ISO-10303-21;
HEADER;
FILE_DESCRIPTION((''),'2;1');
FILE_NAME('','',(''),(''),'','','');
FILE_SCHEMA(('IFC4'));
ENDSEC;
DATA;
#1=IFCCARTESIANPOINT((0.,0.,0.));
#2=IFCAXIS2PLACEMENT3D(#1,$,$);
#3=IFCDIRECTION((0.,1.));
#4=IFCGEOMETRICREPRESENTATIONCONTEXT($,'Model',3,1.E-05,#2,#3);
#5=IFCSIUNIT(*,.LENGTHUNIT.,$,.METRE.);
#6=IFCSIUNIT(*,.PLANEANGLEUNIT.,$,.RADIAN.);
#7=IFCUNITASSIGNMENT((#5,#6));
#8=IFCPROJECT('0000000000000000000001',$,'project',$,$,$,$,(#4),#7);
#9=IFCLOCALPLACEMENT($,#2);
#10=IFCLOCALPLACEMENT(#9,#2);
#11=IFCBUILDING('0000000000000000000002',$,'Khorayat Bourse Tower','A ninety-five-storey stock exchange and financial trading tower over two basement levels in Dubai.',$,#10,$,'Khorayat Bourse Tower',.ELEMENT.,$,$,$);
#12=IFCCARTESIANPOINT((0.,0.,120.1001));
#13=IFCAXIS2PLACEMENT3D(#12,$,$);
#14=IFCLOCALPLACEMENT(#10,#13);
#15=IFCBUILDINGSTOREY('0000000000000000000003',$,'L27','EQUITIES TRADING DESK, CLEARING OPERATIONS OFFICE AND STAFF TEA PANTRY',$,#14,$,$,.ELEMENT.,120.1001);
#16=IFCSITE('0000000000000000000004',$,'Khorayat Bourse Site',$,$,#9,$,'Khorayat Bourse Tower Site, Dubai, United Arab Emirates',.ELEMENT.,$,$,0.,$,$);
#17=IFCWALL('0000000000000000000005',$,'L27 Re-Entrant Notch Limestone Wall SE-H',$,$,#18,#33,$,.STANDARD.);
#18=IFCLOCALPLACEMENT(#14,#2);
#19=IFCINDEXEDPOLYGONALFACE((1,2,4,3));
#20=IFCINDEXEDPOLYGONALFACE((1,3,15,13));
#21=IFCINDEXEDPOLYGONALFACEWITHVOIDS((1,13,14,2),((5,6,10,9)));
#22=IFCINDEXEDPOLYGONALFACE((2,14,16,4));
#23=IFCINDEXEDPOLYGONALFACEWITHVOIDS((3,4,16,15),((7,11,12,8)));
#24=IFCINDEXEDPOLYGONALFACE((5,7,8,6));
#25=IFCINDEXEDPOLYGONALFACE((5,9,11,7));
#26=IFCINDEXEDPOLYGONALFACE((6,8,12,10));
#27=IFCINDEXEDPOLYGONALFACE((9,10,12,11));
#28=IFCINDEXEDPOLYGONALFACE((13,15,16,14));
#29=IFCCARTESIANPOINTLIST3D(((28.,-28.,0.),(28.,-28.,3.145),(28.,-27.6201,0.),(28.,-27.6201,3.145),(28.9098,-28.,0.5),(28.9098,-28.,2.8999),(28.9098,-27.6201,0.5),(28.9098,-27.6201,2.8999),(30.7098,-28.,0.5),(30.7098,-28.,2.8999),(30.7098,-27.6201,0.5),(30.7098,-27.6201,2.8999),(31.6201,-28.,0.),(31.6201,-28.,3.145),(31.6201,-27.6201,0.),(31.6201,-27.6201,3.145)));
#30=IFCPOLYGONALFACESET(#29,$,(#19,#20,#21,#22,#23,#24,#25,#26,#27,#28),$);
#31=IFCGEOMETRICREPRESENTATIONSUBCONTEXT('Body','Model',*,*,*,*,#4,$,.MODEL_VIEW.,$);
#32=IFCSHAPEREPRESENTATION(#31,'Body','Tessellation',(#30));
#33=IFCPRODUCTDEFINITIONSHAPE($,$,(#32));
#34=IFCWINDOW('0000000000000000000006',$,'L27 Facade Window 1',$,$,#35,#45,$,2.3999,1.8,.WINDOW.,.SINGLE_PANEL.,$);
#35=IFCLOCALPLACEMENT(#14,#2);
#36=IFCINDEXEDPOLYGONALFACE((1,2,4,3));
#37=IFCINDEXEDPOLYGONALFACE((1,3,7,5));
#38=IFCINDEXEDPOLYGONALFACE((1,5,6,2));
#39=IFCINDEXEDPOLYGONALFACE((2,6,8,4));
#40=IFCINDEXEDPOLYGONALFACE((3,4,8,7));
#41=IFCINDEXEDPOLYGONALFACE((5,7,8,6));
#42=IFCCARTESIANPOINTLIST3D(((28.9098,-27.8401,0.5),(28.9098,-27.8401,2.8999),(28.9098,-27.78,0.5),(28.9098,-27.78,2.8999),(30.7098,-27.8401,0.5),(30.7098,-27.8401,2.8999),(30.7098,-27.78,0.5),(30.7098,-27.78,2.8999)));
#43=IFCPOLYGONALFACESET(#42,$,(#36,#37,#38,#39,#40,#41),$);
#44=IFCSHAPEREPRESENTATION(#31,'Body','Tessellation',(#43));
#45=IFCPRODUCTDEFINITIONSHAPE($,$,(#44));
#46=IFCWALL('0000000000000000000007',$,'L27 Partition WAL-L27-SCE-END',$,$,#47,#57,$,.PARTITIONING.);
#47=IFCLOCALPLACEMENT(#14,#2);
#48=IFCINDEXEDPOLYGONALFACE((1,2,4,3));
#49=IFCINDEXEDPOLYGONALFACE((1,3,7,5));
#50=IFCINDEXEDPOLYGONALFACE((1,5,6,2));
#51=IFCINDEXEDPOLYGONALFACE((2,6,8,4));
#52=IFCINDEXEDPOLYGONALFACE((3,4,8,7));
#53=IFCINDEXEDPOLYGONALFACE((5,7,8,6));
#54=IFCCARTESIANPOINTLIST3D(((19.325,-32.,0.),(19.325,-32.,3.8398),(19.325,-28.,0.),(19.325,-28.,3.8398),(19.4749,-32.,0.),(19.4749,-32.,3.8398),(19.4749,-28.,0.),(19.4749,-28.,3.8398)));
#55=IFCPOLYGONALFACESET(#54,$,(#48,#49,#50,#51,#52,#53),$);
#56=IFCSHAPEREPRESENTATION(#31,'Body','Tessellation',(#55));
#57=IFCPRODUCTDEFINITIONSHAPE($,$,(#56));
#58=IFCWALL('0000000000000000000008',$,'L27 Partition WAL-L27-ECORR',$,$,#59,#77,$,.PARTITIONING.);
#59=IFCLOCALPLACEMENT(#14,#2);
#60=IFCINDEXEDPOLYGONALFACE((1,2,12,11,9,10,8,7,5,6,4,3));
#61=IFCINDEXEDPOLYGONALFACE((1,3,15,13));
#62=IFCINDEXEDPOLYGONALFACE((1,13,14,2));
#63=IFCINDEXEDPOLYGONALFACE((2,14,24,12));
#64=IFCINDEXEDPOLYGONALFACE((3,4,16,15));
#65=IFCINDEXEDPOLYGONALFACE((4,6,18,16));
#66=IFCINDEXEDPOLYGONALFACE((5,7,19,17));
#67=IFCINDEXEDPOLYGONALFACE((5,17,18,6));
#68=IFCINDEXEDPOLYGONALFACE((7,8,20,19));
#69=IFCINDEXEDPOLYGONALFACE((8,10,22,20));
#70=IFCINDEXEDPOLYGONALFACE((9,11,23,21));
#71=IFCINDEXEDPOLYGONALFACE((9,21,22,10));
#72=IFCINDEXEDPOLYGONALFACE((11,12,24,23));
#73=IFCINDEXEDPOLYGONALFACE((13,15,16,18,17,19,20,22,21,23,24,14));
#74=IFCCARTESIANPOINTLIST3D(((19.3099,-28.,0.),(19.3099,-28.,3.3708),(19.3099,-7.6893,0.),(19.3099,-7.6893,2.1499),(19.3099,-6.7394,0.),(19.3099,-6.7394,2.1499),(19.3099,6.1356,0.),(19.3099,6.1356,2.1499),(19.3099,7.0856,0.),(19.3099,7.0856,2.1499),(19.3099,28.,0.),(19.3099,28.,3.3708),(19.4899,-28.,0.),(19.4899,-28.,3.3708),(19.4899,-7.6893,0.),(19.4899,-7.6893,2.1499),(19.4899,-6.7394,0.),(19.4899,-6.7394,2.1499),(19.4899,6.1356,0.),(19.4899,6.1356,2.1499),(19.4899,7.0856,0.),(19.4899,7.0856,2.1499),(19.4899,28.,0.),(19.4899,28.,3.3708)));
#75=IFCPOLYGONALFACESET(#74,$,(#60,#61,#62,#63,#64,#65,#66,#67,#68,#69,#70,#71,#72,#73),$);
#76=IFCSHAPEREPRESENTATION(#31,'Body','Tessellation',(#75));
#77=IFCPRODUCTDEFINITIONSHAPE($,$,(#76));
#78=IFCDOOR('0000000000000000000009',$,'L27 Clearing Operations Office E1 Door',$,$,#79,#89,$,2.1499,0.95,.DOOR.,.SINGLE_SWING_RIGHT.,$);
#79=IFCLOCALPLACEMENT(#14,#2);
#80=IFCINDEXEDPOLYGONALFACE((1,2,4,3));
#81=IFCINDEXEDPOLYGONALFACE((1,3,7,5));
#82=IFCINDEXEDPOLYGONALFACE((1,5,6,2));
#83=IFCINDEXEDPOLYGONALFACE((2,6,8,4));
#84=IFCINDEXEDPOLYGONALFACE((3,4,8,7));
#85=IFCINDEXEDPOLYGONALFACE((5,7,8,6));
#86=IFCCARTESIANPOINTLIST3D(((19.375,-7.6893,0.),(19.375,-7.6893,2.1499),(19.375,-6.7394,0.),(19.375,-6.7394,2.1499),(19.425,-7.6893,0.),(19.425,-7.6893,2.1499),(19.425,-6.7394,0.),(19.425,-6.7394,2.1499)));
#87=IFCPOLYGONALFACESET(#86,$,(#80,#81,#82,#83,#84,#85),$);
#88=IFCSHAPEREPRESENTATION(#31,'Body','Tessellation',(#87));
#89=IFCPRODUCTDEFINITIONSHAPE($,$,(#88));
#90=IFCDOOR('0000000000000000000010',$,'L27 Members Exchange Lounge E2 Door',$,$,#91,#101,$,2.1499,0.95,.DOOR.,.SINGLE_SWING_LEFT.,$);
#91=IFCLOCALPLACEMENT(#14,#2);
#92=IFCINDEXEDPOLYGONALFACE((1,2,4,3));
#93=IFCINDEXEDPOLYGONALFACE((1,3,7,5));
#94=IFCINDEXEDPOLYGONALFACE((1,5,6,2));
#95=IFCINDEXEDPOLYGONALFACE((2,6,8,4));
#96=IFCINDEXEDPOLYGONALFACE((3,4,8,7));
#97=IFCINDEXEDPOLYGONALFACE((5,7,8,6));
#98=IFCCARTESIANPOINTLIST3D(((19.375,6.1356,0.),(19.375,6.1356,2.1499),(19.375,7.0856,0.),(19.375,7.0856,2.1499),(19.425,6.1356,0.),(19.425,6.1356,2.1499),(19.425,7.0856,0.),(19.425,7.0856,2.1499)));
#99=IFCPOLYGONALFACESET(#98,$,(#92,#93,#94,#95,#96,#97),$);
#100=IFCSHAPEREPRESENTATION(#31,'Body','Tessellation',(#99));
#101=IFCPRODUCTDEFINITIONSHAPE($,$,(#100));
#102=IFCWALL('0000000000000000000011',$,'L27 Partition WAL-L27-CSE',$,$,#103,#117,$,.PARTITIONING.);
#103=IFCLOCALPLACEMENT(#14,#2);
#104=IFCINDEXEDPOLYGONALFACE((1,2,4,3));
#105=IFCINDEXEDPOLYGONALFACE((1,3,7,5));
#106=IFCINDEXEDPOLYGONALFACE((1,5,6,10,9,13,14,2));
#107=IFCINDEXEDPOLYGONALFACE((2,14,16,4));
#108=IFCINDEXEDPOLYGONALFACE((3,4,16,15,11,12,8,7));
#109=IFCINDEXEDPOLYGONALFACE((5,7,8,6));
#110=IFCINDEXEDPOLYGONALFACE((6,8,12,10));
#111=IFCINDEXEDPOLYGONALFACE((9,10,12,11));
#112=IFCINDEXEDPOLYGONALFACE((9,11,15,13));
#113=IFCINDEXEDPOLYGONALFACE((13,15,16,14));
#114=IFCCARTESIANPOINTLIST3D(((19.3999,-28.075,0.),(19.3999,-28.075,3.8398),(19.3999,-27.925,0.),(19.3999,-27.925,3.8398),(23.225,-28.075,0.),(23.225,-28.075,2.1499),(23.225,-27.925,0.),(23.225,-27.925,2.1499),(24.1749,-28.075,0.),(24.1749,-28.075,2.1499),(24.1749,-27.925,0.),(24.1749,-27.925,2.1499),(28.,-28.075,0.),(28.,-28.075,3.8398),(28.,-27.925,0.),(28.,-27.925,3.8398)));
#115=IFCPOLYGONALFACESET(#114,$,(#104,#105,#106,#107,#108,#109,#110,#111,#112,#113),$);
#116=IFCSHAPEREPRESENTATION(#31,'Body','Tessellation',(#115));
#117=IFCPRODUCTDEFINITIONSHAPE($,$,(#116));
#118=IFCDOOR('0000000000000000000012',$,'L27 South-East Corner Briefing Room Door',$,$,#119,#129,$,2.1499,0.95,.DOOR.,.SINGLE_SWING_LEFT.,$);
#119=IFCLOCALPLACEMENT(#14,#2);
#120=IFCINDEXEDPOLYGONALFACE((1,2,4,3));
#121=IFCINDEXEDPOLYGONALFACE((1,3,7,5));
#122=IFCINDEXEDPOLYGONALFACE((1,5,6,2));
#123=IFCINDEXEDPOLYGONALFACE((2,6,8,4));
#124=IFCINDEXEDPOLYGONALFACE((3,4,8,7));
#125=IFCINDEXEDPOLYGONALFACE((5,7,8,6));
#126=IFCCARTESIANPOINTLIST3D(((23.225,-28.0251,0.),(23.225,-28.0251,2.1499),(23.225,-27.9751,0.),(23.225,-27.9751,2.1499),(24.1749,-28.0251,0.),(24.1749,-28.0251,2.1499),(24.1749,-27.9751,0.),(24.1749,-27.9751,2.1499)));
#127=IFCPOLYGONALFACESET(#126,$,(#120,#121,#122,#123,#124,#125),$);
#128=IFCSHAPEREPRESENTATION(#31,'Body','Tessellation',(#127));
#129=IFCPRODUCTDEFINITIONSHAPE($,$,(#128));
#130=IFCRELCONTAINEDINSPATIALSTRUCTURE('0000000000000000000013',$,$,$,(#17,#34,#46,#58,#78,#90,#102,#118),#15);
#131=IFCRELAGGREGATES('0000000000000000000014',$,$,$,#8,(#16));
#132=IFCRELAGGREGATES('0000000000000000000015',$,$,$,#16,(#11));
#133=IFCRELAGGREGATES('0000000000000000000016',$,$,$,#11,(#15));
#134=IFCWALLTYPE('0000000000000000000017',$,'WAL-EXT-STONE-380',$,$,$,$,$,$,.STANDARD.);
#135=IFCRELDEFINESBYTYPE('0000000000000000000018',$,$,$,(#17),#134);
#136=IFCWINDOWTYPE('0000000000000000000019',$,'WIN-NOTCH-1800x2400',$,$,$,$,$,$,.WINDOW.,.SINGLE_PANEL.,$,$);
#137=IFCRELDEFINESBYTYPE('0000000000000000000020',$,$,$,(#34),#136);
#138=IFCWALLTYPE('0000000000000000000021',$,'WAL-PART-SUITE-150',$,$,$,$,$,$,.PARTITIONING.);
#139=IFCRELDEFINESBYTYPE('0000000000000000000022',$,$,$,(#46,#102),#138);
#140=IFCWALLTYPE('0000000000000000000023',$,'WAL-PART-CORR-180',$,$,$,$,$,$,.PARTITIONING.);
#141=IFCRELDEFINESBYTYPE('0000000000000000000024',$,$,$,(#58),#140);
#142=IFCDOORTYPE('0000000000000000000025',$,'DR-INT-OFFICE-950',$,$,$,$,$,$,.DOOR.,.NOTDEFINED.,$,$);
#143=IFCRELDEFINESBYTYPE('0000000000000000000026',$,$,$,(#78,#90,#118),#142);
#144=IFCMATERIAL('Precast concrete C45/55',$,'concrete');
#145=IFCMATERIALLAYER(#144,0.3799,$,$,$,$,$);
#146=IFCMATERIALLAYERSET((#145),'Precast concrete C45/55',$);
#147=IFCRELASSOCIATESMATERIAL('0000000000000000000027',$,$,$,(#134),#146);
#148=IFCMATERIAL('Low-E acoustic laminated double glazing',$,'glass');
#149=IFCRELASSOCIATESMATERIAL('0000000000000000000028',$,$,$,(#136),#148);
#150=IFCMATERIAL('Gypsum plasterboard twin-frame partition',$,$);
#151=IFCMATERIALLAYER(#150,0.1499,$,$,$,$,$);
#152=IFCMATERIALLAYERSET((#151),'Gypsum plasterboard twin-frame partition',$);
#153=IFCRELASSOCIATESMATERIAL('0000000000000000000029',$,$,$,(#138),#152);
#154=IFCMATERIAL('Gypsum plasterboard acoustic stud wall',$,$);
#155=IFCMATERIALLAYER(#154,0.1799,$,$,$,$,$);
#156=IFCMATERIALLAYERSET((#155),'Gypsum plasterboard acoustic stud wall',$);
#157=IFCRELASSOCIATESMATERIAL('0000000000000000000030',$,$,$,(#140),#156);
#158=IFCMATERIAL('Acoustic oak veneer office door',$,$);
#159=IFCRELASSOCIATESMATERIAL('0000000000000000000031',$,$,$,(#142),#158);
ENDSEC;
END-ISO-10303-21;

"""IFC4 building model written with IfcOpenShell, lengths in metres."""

from ifc_helpers import new_model, si_unit, direction, frame, frame_2d, origin, place, context, subcontext, project, spatial, rectangle, extrude, source, transform, mapped, material, layer, layer_set, type_object, element, fill, save


model = new_model("IFC4")

# Units and contexts
model_context = context("Model", 3, precision=1e-05, world=origin(), true_north=direction((0.0, 1.0)))
body_context = subcontext(model_context, "Body", "Model", "MODEL_VIEW")
ifc_project = project(units=[si_unit("LENGTHUNIT", "METRE"), si_unit("PLANEANGLEUNIT", "RADIAN")], contexts=[model_context])

# Site, building, storey
site_placement = place(None, origin())
site = spatial("IfcSite", under=ifc_project, at=site_placement, Name="Khorayat Bourse Site", LongName="Khorayat Bourse Tower Site, Dubai, United Arab Emirates", CompositionType="ELEMENT", RefElevation=0.0)
building_placement = place(site_placement, origin())
building = spatial("IfcBuilding", under=site, at=building_placement, Name="Khorayat Bourse Tower", Description="A ninety-five-storey stock exchange and financial trading tower over two basement levels in Dubai.", LongName="Khorayat Bourse Tower", CompositionType="ELEMENT")
storey_placement = place(building_placement, frame((0.0, 0.0, 120.1001)))
storey = spatial("IfcBuildingStorey", under=building, at=storey_placement, Name="L27", Description="EQUITIES TRADING DESK, CLEARING OPERATIONS OFFICE AND STAFF TEA PANTRY", CompositionType="ELEMENT", Elevation=120.1001)

# Wall, opening, window
ifc_material_1 = material(Name="Precast concrete C45/55", Category="concrete")
ifc_layer_1 = layer(ifc_material_1, 0.3799)
ifc_layer_set_1 = layer_set([ifc_layer_1], Name="Precast concrete C45/55")
wall_type_1 = type_object("IfcWallType", Name="WAL-EXT-STONE-380", PredefinedType="STANDARD", material=ifc_layer_set_1)
shared_shape_1 = source(origin(), body_context, "Body", "SweptSolid", [
    extrude(rectangle(XDim=3.6201, YDim=0.3799, at=frame_2d((1.8101, 0.0))), origin(), (0.0, 0.0, 1.0), 3.145),
])
shared_shape_2 = source(origin(), body_context, "Body", "SweptSolid", [
    extrude(rectangle(XDim=1.8, YDim=2.3999, at=frame_2d((0.8999, 1.2))), frame((0.0, 0.2, 0.0), z_axis=(0.0, -1.0, 0.0), x_axis=(1.0, 0.0, 0.0)), (0.0, 0.0, 1.0), 0.3999),
])
ifc_material_2 = material(Name="Low-E acoustic laminated double glazing", Category="glass")
window_type = type_object("IfcWindowType", Name="WIN-NOTCH-1800x2400", PartitioningType="SINGLE_PANEL", PredefinedType="WINDOW", material=ifc_material_2)
shared_shape_3 = source(origin(), body_context, "Body", "SweptSolid", [
    extrude(rectangle(XDim=1.8, YDim=2.3999, at=frame_2d((0.8999, 1.2))), frame((0.0, 0.03, 0.0), z_axis=(0.0, -1.0, 0.0), x_axis=(1.0, 0.0, 0.0)), (0.0, 0.0, 1.0), 0.0601),
])
wall_1_placement = place(storey_placement, frame((28.0, -27.8101, 0.0), z_axis=(0.0, 0.0, 1.0), x_axis=(1.0, 0.0, 0.0)))
wall_1 = element("IfcWall", 1, at=wall_1_placement, inside=storey, type_object=wall_type_1, Name="L27 Re-Entrant Notch Limestone Wall SE-H", PredefinedType="STANDARD", context=body_context, shape_type="MappedRepresentation", body=[
    mapped(shared_shape_1, transform((0.0, 0.0, 0.0), scale=1.0)),
])
opening_1_placement = place(wall_1_placement, frame((0.9099, 0.0, 0.5)))
opening_1 = element("IfcOpeningElement", 2, at=opening_1_placement, cuts=wall_1, PredefinedType="OPENING", context=body_context, shape_type="MappedRepresentation", body=[
    mapped(shared_shape_2, transform((0.0, 0.0, 0.0), scale=1.0)),
])
window_1_placement = place(opening_1_placement, origin())
window_1 = element("IfcWindow", 3, at=window_1_placement, inside=storey, type_object=window_type, Name="L27 Facade Window 1", OverallHeight=2.3999, OverallWidth=1.8, PartitioningType="SINGLE_PANEL", PredefinedType="WINDOW", context=body_context, shape_type="MappedRepresentation", body=[
    mapped(shared_shape_3, transform((0.0, 0.0, 0.0), scale=1.0)),
])
fill(opening_1, window_1)

# Wall
ifc_material_3 = material(Name="Gypsum plasterboard twin-frame partition")
ifc_layer_2 = layer(ifc_material_3, 0.1499)
ifc_layer_set_2 = layer_set([ifc_layer_2], Name="Gypsum plasterboard twin-frame partition")
wall_type_2 = type_object("IfcWallType", Name="WAL-PART-SUITE-150", PredefinedType="PARTITIONING", material=ifc_layer_set_2)
shared_shape_4 = source(origin(), body_context, "Body", "SweptSolid", [
    extrude(rectangle(XDim=4.0, YDim=0.1499, at=frame_2d((2.0, 0.0))), origin(), (0.0, 0.0, 1.0), 3.8398),
])
wall_2_placement = place(storey_placement, frame((19.3999, -32.0, 0.0), z_axis=(0.0, 0.0, 1.0), x_axis=(0.0, 1.0, 0.0)))
element("IfcWall", 4, at=wall_2_placement, inside=storey, type_object=wall_type_2, Name="L27 Partition WAL-L27-SCE-END", PredefinedType="PARTITIONING", context=body_context, shape_type="MappedRepresentation", body=[
    mapped(shared_shape_4, transform((0.0, 0.0, 0.0), scale=1.0)),
])

# Wall, openings, doors
ifc_material_4 = material(Name="Gypsum plasterboard acoustic stud wall")
ifc_layer_3 = layer(ifc_material_4, 0.1799)
ifc_layer_set_3 = layer_set([ifc_layer_3], Name="Gypsum plasterboard acoustic stud wall")
wall_type_3 = type_object("IfcWallType", Name="WAL-PART-CORR-180", PredefinedType="PARTITIONING", material=ifc_layer_set_3)
shared_shape_5 = source(origin(), body_context, "Body", "SweptSolid", [
    extrude(rectangle(XDim=56.0, YDim=0.1799, at=frame_2d((28.0, 0.0))), origin(), (0.0, 0.0, 1.0), 3.3708),
])
wall_3_placement = place(storey_placement, frame((19.3999, -28.0, 0.0), z_axis=(0.0, 0.0, 1.0), x_axis=(0.0, 1.0, 0.0)))
wall_3 = element("IfcWall", 5, at=wall_3_placement, inside=storey, type_object=wall_type_3, Name="L27 Partition WAL-L27-ECORR", PredefinedType="PARTITIONING", context=body_context, shape_type="MappedRepresentation", body=[
    mapped(shared_shape_5, transform((0.0, 0.0, 0.0), scale=1.0)),
])
shared_shape_6 = source(origin(), body_context, "Body", "SweptSolid", [
    extrude(rectangle(XDim=0.95, YDim=2.1499, at=frame_2d((0.4751, 1.075))), frame((0.0, 0.0999, 0.0), z_axis=(0.0, -1.0, 0.0), x_axis=(1.0, 0.0, 0.0)), (0.0, 0.0, 1.0), 0.2),
])
opening_2_placement = place(wall_3_placement, frame((20.3105, 0.0, 0.0)))
opening_2 = element("IfcOpeningElement", 6, at=opening_2_placement, cuts=wall_3, PredefinedType="OPENING", context=body_context, shape_type="MappedRepresentation", body=[
    mapped(shared_shape_6, transform((0.0, 0.0, 0.0), scale=1.0)),
])
opening_3_placement = place(wall_3_placement, frame((34.1355, 0.0, 0.0)))
opening_3 = element("IfcOpeningElement", 7, at=opening_3_placement, cuts=wall_3, PredefinedType="OPENING", context=body_context, shape_type="MappedRepresentation", body=[
    mapped(shared_shape_6, transform((0.0, 0.0, 0.0), scale=1.0)),
])
ifc_material_5 = material(Name="Acoustic oak veneer office door")
door_type = type_object("IfcDoorType", Name="DR-INT-OFFICE-950", OperationType="NOTDEFINED", PredefinedType="DOOR", material=ifc_material_5)
shared_shape_7 = source(origin(), body_context, "Body", "SweptSolid", [
    extrude(rectangle(XDim=0.95, YDim=2.1499, at=frame_2d((0.4751, 1.075))), frame((0.0, 0.0249, 0.0), z_axis=(0.0, -1.0, 0.0), x_axis=(1.0, 0.0, 0.0)), (0.0, 0.0, 1.0), 0.05),
])
door_1_placement = place(opening_2_placement, origin())
door_1 = element("IfcDoor", 8, at=door_1_placement, inside=storey, type_object=door_type, Name="L27 Clearing Operations Office E1 Door", OperationType="SINGLE_SWING_RIGHT", OverallHeight=2.1499, OverallWidth=0.95, PredefinedType="DOOR", context=body_context, shape_type="MappedRepresentation", body=[
    mapped(shared_shape_7, transform((0.0, 0.0, 0.0), scale=1.0)),
])
fill(opening_2, door_1)
door_2_placement = place(opening_3_placement, origin())
door_2 = element("IfcDoor", 9, at=door_2_placement, inside=storey, type_object=door_type, Name="L27 Members Exchange Lounge E2 Door", OperationType="SINGLE_SWING_LEFT", OverallHeight=2.1499, OverallWidth=0.95, PredefinedType="DOOR", context=body_context, shape_type="MappedRepresentation", body=[
    mapped(shared_shape_7, transform((0.0, 0.0, 0.0), scale=1.0)),
])
fill(opening_3, door_2)

# Wall, opening, door
shared_shape_8 = source(origin(), body_context, "Body", "SweptSolid", [
    extrude(rectangle(XDim=8.6001, YDim=0.1499, at=frame_2d((4.3, 0.0))), origin(), (0.0, 0.0, 1.0), 3.8398),
])
wall_4_placement = place(storey_placement, frame((19.3999, -28.0, 0.0), z_axis=(0.0, 0.0, 1.0), x_axis=(1.0, 0.0, 0.0)))
wall_4 = element("IfcWall", 10, at=wall_4_placement, inside=storey, type_object=wall_type_2, Name="L27 Partition WAL-L27-CSE", PredefinedType="PARTITIONING", context=body_context, shape_type="MappedRepresentation", body=[
    mapped(shared_shape_8, transform((0.0, 0.0, 0.0), scale=1.0)),
])
shared_shape_9 = source(origin(), body_context, "Body", "SweptSolid", [
    extrude(rectangle(XDim=0.95, YDim=2.1499, at=frame_2d((0.4751, 1.075))), frame((0.0, 0.085, 0.0), z_axis=(0.0, -1.0, 0.0), x_axis=(1.0, 0.0, 0.0)), (0.0, 0.0, 1.0), 0.1699),
])
opening_4_placement = place(wall_4_placement, frame((3.825, 0.0, 0.0)))
opening_4 = element("IfcOpeningElement", 11, at=opening_4_placement, cuts=wall_4, PredefinedType="OPENING", context=body_context, shape_type="MappedRepresentation", body=[
    mapped(shared_shape_9, transform((0.0, 0.0, 0.0), scale=1.0)),
])
door_3_placement = place(opening_4_placement, origin())
door_3 = element("IfcDoor", 12, at=door_3_placement, inside=storey, type_object=door_type, Name="L27 South-East Corner Briefing Room Door", OperationType="SINGLE_SWING_LEFT", OverallHeight=2.1499, OverallWidth=0.95, PredefinedType="DOOR", context=body_context, shape_type="MappedRepresentation", body=[
    mapped(shared_shape_7, transform((0.0, 0.0, 0.0), scale=1.0)),
])
fill(opening_4, door_3)

save(model, "model.ifc")
